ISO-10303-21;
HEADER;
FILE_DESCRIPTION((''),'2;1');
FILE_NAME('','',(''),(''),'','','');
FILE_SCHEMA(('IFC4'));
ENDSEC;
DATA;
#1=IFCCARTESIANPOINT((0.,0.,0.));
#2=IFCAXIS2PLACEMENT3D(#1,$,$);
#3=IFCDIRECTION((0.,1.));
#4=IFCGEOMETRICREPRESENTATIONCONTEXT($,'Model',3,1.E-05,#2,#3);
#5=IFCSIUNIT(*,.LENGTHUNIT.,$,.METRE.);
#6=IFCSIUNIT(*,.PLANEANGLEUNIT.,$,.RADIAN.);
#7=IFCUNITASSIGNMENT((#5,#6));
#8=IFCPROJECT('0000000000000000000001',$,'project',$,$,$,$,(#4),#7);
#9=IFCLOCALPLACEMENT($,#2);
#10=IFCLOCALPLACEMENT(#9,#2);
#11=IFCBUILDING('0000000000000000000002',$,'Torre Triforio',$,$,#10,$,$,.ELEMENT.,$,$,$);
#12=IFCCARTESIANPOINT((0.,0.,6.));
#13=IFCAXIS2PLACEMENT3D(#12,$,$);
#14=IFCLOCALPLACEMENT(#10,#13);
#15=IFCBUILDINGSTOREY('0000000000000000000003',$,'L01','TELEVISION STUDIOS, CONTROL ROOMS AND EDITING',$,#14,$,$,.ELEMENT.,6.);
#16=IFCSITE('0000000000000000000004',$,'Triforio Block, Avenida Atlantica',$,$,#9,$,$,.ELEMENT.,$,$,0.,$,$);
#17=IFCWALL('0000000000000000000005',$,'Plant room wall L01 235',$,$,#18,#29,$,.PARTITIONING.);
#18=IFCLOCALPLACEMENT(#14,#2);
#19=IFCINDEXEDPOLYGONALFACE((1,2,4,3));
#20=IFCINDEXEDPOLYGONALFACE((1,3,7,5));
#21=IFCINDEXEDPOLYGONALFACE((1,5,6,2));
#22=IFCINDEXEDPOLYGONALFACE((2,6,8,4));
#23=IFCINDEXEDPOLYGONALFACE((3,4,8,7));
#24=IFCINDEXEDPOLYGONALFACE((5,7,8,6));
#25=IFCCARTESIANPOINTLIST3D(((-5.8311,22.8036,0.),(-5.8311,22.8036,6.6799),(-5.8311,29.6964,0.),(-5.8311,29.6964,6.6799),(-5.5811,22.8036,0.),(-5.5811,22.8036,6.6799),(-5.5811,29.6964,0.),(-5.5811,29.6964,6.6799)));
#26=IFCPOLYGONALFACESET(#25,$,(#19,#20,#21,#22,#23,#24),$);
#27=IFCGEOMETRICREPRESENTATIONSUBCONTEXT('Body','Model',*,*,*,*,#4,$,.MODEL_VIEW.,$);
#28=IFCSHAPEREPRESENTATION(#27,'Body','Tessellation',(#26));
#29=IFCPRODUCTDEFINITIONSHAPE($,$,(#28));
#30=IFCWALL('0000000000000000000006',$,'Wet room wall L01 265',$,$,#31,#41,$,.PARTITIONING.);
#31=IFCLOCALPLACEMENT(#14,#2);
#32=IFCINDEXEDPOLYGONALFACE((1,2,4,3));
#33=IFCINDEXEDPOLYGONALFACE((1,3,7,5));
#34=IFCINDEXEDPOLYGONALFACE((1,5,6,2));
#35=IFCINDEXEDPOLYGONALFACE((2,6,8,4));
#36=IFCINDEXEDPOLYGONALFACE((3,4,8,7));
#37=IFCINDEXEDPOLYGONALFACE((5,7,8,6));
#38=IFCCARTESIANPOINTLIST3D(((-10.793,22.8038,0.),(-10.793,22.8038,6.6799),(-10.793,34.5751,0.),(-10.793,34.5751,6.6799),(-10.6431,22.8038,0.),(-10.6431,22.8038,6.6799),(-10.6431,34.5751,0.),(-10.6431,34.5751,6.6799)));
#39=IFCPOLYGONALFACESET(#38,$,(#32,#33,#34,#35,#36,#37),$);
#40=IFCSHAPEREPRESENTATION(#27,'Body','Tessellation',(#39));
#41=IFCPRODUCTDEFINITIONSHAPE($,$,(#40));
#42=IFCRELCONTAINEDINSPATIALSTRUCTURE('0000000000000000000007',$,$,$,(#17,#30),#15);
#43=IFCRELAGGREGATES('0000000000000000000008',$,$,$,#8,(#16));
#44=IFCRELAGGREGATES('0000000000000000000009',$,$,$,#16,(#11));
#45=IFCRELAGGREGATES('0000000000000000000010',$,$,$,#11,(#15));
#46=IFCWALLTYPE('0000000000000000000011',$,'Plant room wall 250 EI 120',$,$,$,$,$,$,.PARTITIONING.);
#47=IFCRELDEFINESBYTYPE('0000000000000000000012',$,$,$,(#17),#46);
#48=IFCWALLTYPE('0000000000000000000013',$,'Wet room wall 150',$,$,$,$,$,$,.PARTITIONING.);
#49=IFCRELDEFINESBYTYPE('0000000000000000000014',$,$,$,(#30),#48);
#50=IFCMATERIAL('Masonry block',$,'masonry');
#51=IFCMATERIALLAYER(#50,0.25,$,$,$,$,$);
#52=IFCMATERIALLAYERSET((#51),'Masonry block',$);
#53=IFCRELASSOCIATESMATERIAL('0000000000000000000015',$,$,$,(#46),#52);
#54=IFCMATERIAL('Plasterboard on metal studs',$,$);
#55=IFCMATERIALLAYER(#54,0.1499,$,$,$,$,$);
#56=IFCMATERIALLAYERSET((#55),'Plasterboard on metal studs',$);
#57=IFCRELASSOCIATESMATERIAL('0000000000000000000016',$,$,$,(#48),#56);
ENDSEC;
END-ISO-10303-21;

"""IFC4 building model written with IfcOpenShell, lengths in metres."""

from ifc_helpers import new_model, si_unit, direction, frame, frame_2d, origin, place, context, subcontext, project, spatial, rectangle, extrude, material, layer, layer_set, type_object, element, save


model = new_model("IFC4")

# Units and contexts
model_context = context("Model", 3, precision=1e-05, world=origin(), true_north=direction((0.0, 1.0)))
body_context = subcontext(model_context, "Body", "Model", "MODEL_VIEW")
ifc_project = project(units=[si_unit("LENGTHUNIT", "METRE"), si_unit("PLANEANGLEUNIT", "RADIAN")], contexts=[model_context])

# Site, building, storey
site_placement = place(None, origin())
site = spatial("IfcSite", under=ifc_project, at=site_placement, Name="Triforio Block, Avenida Atlantica", CompositionType="ELEMENT", RefElevation=0.0)
building_placement = place(site_placement, origin())
building = spatial("IfcBuilding", under=site, at=building_placement, Name="Torre Triforio", CompositionType="ELEMENT")
storey_placement = place(building_placement, frame((0.0, 0.0, 6.0)))
storey = spatial("IfcBuildingStorey", under=building, at=storey_placement, Name="L01", Description="TELEVISION STUDIOS, CONTROL ROOMS AND EDITING", CompositionType="ELEMENT", Elevation=6.0)

# Shared definitions
ifc_material_1 = material(Name="Plasterboard on metal studs")

# Shared definitions
ifc_material_2 = material(Name="Masonry block", Category="masonry")
ifc_layer_1 = layer(ifc_material_2, 0.25)
ifc_layer_set_1 = layer_set([ifc_layer_1], Name="Masonry block")
wall_type_1 = type_object("IfcWallType", Name="Plant room wall 250 EI 120", PredefinedType="PARTITIONING", material=ifc_layer_set_1)

# Walls
wall_1_placement = place(storey_placement, frame((-5.7061, 22.8037, 0.0), z_axis=(0.0, 0.0, 1.0), x_axis=(0.0, 1.0, 0.0)))
element("IfcWall", 1, at=wall_1_placement, inside=storey, type_object=wall_type_1, Name="Plant room wall L01 235", PredefinedType="PARTITIONING", context=body_context, shape_type="SweptSolid", body=[
    extrude(rectangle(XDim=6.8928, YDim=0.25, at=frame_2d((3.4463, 0.0))), origin(), (0.0, 0.0, 1.0), 6.6799),
])
ifc_layer_2 = layer(ifc_material_1, 0.1499)
ifc_layer_set_2 = layer_set([ifc_layer_2], Name="Plasterboard on metal studs")
wall_type_2 = type_object("IfcWallType", Name="Wet room wall 150", PredefinedType="PARTITIONING", material=ifc_layer_set_2)
wall_2_placement = place(storey_placement, frame((-10.718, 22.8037, 0.0), z_axis=(0.0, 0.0, 1.0), x_axis=(0.0, 1.0, 0.0)))
element("IfcWall", 2, at=wall_2_placement, inside=storey, type_object=wall_type_2, Name="Wet room wall L01 265", PredefinedType="PARTITIONING", context=body_context, shape_type="SweptSolid", body=[
    extrude(rectangle(XDim=11.7712, YDim=0.1499, at=frame_2d((5.8857, 0.0))), origin(), (0.0, 0.0, 1.0), 6.6799),
])

save(model, "model.ifc")
